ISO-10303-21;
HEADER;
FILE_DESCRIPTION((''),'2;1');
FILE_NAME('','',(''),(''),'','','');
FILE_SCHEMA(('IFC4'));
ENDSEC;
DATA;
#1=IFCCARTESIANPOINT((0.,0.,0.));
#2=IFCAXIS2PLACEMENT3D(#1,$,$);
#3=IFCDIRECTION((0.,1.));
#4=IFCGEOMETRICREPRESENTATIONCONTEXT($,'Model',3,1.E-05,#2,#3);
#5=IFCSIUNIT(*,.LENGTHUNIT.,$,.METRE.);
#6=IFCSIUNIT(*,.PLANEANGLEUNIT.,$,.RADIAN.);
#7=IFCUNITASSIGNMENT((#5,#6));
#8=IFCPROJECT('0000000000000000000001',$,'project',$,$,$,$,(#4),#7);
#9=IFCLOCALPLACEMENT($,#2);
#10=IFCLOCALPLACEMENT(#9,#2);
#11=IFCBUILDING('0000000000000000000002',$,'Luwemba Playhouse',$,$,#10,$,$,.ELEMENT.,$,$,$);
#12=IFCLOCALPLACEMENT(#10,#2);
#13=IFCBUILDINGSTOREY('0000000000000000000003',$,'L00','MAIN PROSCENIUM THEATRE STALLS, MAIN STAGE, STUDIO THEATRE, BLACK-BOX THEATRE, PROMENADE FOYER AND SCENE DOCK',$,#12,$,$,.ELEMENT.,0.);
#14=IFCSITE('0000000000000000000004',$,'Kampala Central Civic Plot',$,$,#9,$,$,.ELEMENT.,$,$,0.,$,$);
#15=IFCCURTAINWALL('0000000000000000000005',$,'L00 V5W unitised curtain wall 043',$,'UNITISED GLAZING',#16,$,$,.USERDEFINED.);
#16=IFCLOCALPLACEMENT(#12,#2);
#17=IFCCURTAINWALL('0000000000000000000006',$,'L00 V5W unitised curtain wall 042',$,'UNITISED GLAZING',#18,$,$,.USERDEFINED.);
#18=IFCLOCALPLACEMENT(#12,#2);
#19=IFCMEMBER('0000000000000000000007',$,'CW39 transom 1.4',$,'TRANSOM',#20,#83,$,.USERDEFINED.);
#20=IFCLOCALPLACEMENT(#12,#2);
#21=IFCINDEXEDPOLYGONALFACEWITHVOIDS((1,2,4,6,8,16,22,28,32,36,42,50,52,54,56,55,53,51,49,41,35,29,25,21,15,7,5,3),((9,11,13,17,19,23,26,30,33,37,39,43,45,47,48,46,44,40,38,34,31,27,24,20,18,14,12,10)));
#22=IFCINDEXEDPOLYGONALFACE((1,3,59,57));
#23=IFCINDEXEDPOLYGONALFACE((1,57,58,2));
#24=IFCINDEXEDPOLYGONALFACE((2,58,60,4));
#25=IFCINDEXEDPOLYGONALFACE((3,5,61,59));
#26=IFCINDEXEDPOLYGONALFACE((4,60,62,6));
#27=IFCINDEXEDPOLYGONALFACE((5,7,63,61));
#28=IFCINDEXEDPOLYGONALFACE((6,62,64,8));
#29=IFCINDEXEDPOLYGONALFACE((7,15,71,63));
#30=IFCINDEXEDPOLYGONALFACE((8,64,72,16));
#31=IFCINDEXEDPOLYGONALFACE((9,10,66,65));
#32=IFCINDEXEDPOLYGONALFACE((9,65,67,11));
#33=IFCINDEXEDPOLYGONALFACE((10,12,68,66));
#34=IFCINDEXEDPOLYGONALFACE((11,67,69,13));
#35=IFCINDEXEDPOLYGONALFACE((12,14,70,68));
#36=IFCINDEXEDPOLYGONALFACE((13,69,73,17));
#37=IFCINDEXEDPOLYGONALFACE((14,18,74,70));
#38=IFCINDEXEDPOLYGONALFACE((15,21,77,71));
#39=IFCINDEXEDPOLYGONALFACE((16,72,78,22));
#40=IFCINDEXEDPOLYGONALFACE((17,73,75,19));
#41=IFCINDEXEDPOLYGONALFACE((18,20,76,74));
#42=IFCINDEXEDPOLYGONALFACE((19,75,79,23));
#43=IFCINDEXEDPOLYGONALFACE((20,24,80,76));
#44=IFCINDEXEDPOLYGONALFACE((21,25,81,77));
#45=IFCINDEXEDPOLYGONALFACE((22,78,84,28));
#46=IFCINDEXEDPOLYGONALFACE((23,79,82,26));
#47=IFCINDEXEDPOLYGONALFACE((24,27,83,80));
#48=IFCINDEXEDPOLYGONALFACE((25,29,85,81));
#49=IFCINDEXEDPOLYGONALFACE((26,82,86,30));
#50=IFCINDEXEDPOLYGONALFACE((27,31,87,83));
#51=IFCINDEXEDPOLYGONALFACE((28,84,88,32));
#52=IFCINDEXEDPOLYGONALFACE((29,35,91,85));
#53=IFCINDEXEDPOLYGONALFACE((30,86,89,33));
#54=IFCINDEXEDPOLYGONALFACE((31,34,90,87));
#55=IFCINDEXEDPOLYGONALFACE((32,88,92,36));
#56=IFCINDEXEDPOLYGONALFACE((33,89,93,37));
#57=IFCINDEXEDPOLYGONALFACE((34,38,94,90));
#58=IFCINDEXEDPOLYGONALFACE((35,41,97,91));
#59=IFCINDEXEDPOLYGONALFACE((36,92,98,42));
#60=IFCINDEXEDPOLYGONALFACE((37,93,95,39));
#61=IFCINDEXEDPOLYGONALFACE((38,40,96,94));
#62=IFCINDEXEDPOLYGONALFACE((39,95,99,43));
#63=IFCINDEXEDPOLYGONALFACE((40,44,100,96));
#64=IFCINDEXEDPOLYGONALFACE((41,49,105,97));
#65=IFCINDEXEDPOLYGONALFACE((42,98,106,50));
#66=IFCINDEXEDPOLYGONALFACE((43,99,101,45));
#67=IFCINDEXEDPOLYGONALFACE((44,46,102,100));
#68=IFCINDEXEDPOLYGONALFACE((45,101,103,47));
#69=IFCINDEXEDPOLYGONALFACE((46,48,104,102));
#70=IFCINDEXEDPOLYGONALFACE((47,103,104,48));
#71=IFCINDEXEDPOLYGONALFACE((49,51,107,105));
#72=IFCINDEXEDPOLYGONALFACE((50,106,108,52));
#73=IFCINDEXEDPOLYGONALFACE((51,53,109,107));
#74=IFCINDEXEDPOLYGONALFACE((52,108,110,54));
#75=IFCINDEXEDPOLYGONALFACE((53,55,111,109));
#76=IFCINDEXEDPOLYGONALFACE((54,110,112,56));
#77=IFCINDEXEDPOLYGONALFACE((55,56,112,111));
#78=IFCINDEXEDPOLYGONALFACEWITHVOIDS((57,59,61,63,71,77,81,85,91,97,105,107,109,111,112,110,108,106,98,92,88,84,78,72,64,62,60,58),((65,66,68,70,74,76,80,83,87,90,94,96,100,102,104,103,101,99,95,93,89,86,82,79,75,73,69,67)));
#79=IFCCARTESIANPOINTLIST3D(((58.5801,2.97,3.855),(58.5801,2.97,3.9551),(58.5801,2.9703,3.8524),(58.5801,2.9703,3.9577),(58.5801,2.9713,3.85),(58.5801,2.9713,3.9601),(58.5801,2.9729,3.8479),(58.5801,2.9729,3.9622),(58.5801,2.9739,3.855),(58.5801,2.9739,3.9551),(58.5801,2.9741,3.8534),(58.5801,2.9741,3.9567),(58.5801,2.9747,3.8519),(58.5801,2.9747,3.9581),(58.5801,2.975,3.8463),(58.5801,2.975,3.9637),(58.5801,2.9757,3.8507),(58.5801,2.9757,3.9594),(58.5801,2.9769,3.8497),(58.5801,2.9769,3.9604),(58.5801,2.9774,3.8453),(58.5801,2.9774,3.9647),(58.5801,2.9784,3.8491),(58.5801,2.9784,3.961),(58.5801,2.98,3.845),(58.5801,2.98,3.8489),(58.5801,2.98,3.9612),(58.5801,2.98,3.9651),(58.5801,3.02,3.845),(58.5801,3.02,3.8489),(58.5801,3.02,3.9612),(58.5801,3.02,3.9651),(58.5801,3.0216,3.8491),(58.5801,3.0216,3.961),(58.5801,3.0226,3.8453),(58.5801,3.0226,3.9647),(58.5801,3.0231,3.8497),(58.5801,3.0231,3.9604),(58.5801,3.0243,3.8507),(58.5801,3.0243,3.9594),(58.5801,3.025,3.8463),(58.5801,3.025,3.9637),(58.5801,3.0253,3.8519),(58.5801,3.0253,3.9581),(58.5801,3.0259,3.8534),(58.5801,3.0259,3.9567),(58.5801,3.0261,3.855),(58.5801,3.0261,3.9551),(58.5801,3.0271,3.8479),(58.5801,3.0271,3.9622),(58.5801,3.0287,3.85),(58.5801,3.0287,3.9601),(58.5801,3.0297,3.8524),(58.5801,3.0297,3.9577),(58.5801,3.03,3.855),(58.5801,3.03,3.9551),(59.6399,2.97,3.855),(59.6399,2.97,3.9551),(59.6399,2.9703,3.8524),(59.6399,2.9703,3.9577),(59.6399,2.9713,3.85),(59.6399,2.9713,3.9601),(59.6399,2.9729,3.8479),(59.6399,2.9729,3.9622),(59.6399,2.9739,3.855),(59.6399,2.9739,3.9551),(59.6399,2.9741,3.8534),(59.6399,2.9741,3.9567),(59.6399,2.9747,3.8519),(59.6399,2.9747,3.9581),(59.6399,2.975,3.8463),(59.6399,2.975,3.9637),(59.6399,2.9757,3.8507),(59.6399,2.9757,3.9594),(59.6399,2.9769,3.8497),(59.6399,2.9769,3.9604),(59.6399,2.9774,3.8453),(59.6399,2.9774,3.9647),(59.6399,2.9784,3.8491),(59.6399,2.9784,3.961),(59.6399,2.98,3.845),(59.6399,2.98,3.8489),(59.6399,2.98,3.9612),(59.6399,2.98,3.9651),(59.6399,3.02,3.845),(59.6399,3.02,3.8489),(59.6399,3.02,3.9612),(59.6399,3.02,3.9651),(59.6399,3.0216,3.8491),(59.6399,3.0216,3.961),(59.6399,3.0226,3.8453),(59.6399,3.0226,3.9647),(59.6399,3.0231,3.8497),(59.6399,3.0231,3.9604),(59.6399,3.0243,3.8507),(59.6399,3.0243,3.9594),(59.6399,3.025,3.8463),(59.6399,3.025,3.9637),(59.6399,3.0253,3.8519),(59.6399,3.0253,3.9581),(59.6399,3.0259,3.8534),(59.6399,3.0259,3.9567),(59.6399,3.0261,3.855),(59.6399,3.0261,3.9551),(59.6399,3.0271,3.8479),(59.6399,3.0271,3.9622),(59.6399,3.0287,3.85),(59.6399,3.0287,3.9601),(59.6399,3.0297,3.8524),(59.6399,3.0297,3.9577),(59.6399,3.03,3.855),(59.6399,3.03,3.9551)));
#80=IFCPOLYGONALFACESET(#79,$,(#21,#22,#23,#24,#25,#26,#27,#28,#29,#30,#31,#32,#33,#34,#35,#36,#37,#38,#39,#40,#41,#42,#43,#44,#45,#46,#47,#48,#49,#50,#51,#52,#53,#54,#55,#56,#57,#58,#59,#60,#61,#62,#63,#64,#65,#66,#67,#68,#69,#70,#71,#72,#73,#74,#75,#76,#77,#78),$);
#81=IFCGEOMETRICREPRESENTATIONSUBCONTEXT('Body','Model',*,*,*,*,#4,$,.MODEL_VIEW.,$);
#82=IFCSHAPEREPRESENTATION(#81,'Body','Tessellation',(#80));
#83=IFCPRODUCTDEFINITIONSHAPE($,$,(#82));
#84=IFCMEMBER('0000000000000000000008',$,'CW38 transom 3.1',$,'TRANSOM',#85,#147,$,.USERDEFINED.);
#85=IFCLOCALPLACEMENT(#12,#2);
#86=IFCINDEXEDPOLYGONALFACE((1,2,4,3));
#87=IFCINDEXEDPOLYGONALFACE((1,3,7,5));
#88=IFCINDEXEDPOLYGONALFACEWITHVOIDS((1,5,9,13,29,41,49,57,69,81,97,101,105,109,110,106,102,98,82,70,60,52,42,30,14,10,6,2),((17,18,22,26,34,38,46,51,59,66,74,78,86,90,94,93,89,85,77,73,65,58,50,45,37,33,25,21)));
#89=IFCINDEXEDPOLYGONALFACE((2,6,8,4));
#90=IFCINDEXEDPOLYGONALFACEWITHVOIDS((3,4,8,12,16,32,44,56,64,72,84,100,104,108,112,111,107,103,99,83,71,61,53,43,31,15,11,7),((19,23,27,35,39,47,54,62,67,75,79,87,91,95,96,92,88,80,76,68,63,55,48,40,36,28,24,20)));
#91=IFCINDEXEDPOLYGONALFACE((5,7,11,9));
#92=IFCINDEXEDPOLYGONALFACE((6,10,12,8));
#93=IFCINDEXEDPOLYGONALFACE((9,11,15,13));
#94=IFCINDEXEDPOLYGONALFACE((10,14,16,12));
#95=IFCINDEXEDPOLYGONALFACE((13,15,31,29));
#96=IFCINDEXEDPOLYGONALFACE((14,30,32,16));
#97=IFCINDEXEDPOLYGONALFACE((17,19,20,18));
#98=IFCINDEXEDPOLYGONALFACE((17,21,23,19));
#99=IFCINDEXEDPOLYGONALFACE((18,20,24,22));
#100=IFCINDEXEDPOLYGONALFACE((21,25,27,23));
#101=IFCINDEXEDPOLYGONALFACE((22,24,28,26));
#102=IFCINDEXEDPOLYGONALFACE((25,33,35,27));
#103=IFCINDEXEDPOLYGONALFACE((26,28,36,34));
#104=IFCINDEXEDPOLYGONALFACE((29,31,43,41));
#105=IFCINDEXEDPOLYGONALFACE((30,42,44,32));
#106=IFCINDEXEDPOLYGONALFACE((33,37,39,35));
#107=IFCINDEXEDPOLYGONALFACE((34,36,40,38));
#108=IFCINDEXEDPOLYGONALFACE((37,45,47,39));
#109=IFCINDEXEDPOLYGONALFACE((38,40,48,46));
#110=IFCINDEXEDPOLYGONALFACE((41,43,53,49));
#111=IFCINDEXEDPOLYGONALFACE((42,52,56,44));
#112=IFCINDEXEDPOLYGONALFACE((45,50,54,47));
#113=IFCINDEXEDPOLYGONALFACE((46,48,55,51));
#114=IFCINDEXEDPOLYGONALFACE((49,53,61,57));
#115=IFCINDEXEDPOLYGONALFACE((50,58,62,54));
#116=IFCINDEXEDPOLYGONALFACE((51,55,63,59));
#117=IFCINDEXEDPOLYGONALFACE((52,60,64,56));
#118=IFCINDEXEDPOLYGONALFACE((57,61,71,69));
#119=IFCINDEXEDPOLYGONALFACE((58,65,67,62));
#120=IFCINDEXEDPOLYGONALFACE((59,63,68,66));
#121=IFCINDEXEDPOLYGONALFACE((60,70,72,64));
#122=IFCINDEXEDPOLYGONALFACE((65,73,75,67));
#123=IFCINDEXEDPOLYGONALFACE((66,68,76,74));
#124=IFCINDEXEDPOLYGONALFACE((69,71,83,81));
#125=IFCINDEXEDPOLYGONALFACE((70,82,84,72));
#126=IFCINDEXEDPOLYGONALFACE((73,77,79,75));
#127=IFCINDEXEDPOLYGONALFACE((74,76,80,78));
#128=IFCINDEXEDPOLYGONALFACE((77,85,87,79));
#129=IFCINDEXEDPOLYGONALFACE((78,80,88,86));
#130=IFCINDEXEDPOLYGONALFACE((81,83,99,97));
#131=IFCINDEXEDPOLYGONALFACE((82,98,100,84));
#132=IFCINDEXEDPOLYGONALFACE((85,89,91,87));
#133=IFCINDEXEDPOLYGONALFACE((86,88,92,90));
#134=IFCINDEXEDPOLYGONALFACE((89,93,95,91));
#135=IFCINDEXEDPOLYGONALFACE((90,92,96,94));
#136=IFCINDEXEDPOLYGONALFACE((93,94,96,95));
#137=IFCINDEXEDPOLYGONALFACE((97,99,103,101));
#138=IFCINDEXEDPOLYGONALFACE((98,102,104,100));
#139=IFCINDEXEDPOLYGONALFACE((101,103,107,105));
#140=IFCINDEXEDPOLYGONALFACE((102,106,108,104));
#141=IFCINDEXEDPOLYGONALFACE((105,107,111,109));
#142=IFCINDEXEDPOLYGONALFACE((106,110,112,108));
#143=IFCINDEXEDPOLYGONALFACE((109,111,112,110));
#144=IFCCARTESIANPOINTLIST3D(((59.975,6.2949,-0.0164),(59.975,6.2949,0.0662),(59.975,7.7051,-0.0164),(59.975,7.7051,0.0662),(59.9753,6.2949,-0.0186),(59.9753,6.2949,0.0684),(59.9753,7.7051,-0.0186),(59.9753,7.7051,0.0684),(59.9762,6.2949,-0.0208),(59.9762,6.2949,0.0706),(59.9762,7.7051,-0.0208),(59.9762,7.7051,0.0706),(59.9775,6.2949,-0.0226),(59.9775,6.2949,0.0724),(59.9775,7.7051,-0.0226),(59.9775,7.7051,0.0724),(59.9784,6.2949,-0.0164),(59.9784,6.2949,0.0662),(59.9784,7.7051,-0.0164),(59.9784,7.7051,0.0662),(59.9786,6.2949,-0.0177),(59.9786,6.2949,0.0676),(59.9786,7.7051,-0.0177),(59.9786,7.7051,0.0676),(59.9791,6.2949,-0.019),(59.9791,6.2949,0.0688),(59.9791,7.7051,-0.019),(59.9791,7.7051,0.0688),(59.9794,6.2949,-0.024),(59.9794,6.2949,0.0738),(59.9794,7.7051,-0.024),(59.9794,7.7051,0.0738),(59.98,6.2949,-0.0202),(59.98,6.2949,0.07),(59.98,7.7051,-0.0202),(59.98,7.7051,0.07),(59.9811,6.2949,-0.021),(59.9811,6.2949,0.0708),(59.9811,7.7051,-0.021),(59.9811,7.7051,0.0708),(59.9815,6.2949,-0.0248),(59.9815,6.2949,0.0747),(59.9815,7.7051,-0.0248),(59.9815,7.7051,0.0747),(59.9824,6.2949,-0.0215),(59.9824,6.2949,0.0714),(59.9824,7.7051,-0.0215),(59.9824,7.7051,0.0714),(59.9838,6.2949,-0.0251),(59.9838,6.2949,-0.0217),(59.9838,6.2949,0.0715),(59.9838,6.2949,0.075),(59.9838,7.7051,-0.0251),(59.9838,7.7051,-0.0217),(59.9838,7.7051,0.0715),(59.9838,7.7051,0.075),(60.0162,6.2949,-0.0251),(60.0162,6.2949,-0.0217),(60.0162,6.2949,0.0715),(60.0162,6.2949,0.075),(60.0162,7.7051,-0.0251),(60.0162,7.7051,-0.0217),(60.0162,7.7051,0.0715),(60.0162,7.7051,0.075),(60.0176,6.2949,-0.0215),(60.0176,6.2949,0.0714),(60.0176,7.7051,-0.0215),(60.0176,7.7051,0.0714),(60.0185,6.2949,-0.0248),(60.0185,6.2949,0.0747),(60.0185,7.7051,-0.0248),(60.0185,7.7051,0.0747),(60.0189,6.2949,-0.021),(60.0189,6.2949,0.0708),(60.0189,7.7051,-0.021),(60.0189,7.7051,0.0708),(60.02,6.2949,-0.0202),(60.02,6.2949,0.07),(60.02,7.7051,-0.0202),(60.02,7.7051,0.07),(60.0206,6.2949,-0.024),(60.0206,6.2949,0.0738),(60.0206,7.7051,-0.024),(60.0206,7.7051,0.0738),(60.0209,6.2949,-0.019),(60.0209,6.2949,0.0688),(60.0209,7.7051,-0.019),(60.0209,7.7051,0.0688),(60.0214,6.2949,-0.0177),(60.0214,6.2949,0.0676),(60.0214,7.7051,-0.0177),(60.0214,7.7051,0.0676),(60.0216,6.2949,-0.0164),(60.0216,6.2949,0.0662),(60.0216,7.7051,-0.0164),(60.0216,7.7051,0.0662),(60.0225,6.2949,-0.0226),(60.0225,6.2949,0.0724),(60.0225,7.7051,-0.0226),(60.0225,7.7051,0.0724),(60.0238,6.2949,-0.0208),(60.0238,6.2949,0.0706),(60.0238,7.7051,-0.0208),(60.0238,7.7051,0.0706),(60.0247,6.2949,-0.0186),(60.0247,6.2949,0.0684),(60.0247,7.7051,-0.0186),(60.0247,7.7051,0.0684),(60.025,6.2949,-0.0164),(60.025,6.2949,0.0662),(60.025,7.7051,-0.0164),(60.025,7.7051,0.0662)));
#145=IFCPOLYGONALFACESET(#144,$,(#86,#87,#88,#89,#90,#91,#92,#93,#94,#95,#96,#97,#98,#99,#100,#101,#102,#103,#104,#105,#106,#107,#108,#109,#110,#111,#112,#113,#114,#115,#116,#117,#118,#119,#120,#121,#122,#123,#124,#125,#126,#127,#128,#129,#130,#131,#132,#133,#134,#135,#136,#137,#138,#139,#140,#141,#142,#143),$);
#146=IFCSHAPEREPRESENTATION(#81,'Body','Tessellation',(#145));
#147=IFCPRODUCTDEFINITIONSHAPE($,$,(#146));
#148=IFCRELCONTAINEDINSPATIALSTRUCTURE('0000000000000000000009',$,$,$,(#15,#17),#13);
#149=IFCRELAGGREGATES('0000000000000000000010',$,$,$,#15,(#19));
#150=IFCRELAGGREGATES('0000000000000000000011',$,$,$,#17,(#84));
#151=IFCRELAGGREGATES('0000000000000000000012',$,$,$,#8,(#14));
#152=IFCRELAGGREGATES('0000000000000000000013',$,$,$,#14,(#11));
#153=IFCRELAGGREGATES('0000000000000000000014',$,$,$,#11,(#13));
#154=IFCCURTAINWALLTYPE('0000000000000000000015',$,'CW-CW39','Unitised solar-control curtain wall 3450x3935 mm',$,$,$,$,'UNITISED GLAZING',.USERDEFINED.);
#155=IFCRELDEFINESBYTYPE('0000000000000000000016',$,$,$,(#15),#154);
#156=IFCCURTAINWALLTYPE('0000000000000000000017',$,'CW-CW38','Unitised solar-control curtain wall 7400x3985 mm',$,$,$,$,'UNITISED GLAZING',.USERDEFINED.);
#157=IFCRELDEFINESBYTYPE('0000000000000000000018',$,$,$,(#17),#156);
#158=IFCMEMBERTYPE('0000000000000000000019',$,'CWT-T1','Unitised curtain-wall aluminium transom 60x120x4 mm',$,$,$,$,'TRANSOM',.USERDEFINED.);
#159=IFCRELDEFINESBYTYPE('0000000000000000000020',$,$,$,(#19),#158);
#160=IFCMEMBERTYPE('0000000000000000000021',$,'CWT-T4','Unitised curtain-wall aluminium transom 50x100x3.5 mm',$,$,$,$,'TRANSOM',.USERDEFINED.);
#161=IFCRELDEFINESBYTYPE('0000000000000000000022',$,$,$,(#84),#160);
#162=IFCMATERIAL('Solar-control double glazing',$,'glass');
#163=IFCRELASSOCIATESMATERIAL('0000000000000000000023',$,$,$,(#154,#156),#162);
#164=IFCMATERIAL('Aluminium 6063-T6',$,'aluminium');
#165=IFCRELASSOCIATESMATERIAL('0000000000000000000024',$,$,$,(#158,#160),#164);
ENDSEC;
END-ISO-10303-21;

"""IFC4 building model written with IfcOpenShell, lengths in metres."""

from ifc_helpers import new_model, si_unit, direction, frame, origin, origin_2d, place, context, subcontext, project, spatial, hollow_rectangle, extrude, material, material_profile, profile_set, type_object, element, aggregate, save


model = new_model("IFC4")

# Units and contexts
model_context = context("Model", 3, precision=1e-05, world=origin(), true_north=direction((0.0, 1.0)))
body_context = subcontext(model_context, "Body", "Model", "MODEL_VIEW")
ifc_project = project(units=[si_unit("LENGTHUNIT", "METRE"), si_unit("PLANEANGLEUNIT", "RADIAN")], contexts=[model_context])

# Site, building, storey
site_placement = place(None, origin())
site = spatial("IfcSite", under=ifc_project, at=site_placement, Name="Kampala Central Civic Plot", CompositionType="ELEMENT", RefElevation=0.0)
building_placement = place(site_placement, origin())
building = spatial("IfcBuilding", under=site, at=building_placement, Name="Luwemba Playhouse", CompositionType="ELEMENT")
storey_placement = place(building_placement, origin())
storey = spatial("IfcBuildingStorey", under=building, at=storey_placement, Name="L00", Description="MAIN PROSCENIUM THEATRE STALLS, MAIN STAGE, STUDIO THEATRE, BLACK-BOX THEATRE, PROMENADE FOYER AND SCENE DOCK", CompositionType="ELEMENT", Elevation=0.0)

# Curtain wall
ifc_material_1 = material(Name="Solar-control double glazing", Category="glass")
curtain_wall_type_1 = type_object("IfcCurtainWallType", Name="CW-CW39", Description="Unitised solar-control curtain wall 3450x3935 mm", ElementType="UNITISED GLAZING", PredefinedType="USERDEFINED", material=ifc_material_1)
curtain_wall_1_placement = place(storey_placement, origin())
curtain_wall_1 = element("IfcCurtainWall", 1, at=curtain_wall_1_placement, inside=storey, type_object=curtain_wall_type_1, Name="L00 V5W unitised curtain wall 043", ObjectType="UNITISED GLAZING", PredefinedType="USERDEFINED")
ifc_material_2 = material(Name="Aluminium 6063-T6", Category="aluminium")

# Curtain wall
curtain_wall_type_2 = type_object("IfcCurtainWallType", Name="CW-CW38", Description="Unitised solar-control curtain wall 7400x3985 mm", ElementType="UNITISED GLAZING", PredefinedType="USERDEFINED", material=ifc_material_1)
curtain_wall_2_placement = place(storey_placement, origin())
curtain_wall_2 = element("IfcCurtainWall", 2, at=curtain_wall_2_placement, inside=storey, type_object=curtain_wall_type_2, Name="L00 V5W unitised curtain wall 042", ObjectType="UNITISED GLAZING", PredefinedType="USERDEFINED")

# Members
ifc_material_profile_1 = material_profile(ifc_material_2, hollow_rectangle(XDim=0.0601, YDim=0.1201, WallThickness=0.0039, InnerFilletRadius=0.0061, OuterFilletRadius=0.01, at=origin_2d()))
ifc_profile_set_1 = profile_set([ifc_material_profile_1], Name="Aluminium 6063-T6")
member_type_1 = type_object("IfcMemberType", Name="CWT-T1", Description="Unitised curtain-wall aluminium transom 60x120x4 mm", ElementType="TRANSOM", PredefinedType="USERDEFINED", material=ifc_profile_set_1)
member_1_placement = place(storey_placement, frame((59.6399, 3.0, 3.905), z_axis=(-1.0, 0.0, 0.0), x_axis=(0.0, -1.0, 0.0)))
member_1 = element("IfcMember", 3, at=member_1_placement, type_object=member_type_1, Name="CW39 transom 1.4", ObjectType="TRANSOM", PredefinedType="USERDEFINED", context=body_context, shape_type="SweptSolid", body=[
    extrude(hollow_rectangle(XDim=0.0601, YDim=0.1201, WallThickness=0.0039, InnerFilletRadius=0.0061, OuterFilletRadius=0.01, at=origin_2d()), origin(), (0.0, 0.0, 1.0), 1.0598),
])
aggregate(curtain_wall_1, [member_1])
ifc_material_profile_2 = material_profile(ifc_material_2, hollow_rectangle(XDim=0.05, YDim=0.1001, WallThickness=0.0034, InnerFilletRadius=0.0054, OuterFilletRadius=0.0088, at=origin_2d()))
ifc_profile_set_2 = profile_set([ifc_material_profile_2], Name="Aluminium 6063-T6")
member_type_2 = type_object("IfcMemberType", Name="CWT-T4", Description="Unitised curtain-wall aluminium transom 50x100x3.5 mm", ElementType="TRANSOM", PredefinedType="USERDEFINED", material=ifc_profile_set_2)
member_2_placement = place(storey_placement, frame((60.0, 7.7051, 0.0249), z_axis=(0.0, -1.0, 0.0), x_axis=(1.0, 0.0, 0.0)))
member_2 = element("IfcMember", 4, at=member_2_placement, type_object=member_type_2, Name="CW38 transom 3.1", ObjectType="TRANSOM", PredefinedType="USERDEFINED", context=body_context, shape_type="SweptSolid", body=[
    extrude(hollow_rectangle(XDim=0.05, YDim=0.1001, WallThickness=0.0034, InnerFilletRadius=0.0054, OuterFilletRadius=0.0088, at=origin_2d()), origin(), (0.0, 0.0, 1.0), 1.4102),
])

aggregate(curtain_wall_2, [member_2])

save(model, "model.ifc")
